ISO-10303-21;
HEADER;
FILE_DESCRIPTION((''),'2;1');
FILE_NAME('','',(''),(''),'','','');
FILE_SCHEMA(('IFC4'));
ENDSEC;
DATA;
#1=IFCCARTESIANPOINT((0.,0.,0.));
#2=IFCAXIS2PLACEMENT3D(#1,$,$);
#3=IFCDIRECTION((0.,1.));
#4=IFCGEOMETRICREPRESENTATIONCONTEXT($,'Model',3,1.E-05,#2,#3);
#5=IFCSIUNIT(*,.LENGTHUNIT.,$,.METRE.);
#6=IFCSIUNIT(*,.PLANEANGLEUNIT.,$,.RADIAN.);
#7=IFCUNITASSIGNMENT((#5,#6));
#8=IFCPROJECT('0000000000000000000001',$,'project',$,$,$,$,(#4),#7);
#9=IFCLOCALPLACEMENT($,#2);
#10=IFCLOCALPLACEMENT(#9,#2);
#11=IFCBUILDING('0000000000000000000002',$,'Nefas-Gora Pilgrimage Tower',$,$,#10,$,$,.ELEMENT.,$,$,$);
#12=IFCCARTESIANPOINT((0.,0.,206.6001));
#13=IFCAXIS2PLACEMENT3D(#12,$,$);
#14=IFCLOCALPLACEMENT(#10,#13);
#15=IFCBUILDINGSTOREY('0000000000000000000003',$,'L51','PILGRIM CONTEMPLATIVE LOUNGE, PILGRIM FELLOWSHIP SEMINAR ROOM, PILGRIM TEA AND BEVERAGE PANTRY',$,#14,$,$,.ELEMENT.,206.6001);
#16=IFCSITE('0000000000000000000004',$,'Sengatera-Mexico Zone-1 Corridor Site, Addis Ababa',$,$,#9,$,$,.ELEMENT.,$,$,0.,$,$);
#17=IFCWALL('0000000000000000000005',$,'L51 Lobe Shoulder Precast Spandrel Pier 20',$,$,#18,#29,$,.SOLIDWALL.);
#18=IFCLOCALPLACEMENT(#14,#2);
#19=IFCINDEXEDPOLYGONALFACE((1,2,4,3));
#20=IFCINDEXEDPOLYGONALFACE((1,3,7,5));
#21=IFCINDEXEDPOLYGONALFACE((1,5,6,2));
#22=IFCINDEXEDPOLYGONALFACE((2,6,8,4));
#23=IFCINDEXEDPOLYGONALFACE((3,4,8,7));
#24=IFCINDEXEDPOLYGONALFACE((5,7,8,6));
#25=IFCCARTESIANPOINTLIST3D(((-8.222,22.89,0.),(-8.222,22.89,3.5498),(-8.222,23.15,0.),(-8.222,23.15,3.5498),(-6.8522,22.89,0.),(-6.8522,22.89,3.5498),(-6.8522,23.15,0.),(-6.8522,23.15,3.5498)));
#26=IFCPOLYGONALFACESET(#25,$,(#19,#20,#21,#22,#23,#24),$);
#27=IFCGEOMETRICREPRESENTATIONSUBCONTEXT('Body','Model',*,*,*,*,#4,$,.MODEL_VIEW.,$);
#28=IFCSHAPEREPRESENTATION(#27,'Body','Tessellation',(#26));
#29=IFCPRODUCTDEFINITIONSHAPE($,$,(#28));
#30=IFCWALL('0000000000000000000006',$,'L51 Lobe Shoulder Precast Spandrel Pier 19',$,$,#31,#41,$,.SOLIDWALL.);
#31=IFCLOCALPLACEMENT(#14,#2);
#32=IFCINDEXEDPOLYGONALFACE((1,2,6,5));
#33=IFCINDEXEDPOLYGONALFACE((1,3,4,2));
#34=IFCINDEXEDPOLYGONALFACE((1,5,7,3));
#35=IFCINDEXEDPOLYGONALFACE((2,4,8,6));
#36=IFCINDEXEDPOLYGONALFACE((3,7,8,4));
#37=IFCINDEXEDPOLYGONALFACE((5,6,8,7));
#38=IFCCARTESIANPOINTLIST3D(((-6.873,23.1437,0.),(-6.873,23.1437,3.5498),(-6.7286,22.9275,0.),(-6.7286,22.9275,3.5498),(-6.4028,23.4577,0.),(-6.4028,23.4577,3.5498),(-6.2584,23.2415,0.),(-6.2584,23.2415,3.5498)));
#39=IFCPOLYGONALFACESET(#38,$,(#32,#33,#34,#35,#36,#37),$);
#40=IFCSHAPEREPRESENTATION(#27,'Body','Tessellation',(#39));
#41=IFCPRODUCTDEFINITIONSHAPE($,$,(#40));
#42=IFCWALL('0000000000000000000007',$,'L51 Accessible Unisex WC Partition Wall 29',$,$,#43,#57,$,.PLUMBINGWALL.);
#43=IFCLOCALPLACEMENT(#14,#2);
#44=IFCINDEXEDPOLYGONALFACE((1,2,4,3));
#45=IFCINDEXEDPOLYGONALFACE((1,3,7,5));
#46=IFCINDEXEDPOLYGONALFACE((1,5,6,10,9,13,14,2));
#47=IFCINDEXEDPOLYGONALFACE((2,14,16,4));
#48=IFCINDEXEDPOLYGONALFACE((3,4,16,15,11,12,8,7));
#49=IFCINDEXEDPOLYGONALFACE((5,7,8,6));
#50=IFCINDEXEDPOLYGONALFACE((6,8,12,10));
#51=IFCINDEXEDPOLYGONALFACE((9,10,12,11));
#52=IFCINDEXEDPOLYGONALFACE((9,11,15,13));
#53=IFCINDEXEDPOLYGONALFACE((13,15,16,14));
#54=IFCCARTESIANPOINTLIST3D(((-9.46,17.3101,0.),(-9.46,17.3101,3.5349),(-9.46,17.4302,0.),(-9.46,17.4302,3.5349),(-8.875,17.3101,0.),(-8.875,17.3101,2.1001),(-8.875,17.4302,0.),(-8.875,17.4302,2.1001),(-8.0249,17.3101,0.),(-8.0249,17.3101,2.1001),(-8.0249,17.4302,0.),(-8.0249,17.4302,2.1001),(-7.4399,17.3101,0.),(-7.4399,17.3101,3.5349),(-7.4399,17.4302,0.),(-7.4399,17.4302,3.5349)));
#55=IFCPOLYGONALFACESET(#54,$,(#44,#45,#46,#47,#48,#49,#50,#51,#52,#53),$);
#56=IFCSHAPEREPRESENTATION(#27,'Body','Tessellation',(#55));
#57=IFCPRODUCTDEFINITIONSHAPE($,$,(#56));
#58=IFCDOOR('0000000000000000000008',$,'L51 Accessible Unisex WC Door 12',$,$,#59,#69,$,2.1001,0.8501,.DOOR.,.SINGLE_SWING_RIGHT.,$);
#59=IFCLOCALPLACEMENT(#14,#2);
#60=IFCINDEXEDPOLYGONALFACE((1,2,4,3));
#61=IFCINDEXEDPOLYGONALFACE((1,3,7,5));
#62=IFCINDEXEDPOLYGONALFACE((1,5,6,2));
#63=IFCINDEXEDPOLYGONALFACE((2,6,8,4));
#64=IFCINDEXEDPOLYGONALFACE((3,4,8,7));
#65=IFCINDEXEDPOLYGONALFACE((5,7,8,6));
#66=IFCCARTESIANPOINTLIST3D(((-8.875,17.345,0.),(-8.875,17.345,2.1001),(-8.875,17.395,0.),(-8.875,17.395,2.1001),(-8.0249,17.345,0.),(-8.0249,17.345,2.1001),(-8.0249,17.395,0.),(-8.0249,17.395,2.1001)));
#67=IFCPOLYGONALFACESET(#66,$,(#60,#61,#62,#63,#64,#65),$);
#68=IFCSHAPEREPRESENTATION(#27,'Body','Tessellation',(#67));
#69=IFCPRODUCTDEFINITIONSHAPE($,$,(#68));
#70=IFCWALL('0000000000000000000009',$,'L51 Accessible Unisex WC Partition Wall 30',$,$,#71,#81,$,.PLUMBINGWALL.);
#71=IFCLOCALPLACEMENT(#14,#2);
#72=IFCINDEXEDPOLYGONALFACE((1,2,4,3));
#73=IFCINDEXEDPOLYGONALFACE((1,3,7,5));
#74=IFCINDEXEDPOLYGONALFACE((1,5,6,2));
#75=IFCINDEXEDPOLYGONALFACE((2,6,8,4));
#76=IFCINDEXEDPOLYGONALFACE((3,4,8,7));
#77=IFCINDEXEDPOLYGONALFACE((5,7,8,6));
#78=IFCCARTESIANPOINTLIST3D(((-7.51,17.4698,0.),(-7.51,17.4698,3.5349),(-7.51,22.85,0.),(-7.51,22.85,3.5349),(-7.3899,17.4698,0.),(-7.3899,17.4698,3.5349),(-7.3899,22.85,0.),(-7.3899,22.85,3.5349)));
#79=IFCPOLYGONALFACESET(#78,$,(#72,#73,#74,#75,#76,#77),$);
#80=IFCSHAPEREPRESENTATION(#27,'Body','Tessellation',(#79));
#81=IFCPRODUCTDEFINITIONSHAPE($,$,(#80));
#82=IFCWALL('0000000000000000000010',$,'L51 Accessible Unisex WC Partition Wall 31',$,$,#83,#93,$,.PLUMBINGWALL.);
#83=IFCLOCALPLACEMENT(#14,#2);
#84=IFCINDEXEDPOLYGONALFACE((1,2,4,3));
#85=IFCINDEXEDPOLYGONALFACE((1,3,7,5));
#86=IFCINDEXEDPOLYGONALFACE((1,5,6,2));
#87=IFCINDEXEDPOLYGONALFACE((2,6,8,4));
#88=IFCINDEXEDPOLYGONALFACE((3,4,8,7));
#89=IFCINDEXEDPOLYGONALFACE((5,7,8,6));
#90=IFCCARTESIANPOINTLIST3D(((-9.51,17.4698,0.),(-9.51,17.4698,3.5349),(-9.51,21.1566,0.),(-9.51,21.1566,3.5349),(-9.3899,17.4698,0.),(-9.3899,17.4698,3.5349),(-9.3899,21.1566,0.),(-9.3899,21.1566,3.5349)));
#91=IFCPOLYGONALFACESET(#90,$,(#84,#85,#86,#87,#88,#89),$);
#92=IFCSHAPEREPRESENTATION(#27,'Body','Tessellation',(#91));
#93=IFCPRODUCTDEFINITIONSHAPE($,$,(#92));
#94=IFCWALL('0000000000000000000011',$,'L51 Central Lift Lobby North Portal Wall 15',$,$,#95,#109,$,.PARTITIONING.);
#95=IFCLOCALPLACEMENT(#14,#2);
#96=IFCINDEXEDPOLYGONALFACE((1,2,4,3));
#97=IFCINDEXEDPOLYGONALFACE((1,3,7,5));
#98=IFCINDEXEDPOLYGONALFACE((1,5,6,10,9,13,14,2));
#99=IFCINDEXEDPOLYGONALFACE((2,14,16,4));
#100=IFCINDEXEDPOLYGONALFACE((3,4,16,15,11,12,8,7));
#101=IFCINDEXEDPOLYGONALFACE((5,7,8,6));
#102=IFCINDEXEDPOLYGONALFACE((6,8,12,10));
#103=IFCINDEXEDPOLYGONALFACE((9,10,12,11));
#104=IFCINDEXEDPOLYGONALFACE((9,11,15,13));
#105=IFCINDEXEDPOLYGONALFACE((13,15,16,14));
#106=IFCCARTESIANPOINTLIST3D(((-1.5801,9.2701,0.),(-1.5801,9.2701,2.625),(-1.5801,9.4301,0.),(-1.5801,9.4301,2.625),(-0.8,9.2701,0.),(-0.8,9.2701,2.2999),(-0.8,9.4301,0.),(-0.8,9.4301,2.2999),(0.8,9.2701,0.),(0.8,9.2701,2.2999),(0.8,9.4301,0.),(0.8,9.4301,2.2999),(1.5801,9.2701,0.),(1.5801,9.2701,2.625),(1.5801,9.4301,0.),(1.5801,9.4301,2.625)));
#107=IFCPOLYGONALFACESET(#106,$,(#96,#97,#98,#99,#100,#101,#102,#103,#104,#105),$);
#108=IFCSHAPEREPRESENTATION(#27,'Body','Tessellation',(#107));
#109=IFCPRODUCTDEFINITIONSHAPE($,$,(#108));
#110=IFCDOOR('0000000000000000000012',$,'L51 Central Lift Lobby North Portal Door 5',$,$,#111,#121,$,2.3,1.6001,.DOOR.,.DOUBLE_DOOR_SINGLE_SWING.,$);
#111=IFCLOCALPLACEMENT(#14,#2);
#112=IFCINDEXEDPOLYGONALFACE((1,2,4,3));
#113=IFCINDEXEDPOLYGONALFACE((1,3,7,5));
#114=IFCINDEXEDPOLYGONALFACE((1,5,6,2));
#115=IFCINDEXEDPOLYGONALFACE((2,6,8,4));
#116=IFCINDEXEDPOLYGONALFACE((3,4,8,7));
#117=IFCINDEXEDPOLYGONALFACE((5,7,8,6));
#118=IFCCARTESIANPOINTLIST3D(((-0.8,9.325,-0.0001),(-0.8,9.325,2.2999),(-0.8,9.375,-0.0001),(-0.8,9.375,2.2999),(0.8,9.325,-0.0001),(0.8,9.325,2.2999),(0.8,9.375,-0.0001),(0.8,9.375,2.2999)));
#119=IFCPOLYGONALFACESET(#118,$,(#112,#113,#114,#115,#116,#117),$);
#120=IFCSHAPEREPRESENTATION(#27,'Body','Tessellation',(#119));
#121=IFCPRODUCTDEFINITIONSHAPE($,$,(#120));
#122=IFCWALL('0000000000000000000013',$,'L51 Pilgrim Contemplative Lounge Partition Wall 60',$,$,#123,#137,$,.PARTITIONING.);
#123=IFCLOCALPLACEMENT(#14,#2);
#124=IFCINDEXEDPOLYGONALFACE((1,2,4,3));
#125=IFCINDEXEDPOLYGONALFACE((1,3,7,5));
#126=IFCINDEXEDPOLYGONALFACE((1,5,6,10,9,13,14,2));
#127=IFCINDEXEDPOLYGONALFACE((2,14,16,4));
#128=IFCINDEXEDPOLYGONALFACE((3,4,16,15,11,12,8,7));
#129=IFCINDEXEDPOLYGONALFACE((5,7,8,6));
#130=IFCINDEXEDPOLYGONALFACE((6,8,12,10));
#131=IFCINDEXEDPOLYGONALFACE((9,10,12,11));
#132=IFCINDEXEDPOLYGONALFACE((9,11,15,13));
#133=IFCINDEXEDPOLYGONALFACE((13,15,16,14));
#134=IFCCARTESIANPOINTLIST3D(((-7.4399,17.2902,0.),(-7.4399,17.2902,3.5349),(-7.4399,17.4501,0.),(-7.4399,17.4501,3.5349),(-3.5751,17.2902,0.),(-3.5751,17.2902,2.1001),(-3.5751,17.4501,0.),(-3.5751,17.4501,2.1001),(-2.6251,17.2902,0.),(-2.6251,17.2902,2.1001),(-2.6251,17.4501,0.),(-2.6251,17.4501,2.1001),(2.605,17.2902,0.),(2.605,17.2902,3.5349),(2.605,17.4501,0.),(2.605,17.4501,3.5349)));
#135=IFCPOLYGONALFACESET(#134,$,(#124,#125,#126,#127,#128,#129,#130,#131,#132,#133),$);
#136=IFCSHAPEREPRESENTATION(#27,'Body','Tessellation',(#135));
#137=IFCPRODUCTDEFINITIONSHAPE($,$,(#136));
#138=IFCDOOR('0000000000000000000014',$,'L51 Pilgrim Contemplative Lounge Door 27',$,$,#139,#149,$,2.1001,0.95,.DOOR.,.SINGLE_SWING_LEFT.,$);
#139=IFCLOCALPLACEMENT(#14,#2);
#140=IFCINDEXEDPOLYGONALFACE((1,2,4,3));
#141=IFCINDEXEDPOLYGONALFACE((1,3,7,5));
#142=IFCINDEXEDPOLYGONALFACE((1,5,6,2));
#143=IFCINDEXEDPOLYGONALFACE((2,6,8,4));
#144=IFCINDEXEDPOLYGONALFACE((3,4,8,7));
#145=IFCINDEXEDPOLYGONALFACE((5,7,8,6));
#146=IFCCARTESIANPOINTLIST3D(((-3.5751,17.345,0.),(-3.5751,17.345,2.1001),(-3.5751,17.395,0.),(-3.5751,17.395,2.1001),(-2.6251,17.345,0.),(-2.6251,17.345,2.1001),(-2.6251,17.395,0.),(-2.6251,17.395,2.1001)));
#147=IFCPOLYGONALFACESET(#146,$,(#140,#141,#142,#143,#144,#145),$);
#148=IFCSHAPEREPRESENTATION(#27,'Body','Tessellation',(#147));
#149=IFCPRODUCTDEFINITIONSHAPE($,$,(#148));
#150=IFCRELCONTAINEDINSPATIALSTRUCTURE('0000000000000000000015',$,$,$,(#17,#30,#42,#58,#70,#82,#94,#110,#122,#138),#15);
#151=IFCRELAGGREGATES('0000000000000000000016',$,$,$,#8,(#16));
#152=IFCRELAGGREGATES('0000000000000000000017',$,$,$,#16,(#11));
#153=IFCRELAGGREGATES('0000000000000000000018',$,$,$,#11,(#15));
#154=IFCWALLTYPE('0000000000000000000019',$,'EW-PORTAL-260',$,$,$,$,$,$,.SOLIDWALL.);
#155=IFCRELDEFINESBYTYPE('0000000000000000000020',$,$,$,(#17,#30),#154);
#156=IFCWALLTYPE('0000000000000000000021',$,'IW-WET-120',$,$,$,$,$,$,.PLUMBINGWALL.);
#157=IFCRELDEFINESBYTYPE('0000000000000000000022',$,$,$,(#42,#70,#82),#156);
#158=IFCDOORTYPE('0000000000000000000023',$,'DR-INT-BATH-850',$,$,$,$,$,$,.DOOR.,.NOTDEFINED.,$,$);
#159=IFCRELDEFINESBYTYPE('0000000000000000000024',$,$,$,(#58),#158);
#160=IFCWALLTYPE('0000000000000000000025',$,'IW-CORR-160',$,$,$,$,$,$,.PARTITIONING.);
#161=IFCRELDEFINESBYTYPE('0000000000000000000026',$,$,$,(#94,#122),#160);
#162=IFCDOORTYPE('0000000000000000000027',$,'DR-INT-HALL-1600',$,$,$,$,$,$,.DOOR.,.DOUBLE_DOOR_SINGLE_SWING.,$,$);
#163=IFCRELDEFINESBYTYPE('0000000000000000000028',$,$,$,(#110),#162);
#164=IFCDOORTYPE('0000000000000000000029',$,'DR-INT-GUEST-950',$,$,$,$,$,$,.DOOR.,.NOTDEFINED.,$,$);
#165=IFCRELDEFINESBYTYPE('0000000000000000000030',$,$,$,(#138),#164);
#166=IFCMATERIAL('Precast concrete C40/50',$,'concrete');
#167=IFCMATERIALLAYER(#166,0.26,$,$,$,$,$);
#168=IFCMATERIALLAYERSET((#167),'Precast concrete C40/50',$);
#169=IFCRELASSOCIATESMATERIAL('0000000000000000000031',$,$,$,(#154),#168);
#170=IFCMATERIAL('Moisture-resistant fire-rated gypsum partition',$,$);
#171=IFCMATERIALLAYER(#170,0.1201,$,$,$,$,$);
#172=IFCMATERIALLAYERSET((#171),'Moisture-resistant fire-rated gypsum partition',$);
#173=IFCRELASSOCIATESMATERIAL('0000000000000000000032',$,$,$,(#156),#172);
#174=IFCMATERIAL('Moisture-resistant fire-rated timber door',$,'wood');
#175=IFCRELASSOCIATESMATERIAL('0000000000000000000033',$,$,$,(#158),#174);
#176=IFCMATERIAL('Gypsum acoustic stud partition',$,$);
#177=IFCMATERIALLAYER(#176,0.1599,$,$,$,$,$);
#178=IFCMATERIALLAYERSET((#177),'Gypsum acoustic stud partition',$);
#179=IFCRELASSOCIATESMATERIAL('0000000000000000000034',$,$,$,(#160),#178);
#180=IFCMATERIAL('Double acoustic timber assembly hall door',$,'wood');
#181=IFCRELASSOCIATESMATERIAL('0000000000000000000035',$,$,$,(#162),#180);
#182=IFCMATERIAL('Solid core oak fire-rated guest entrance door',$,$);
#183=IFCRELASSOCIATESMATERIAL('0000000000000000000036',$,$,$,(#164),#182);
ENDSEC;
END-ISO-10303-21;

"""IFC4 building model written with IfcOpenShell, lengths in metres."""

from ifc_helpers import new_model, si_unit, direction, frame, frame_2d, origin, place, context, subcontext, project, spatial, rectangle, extrude, source, transform, mapped, material, layer, layer_set, type_object, element, fill, save


model = new_model("IFC4")

# Units and contexts
model_context = context("Model", 3, precision=1e-05, world=origin(), true_north=direction((0.0, 1.0)))
body_context = subcontext(model_context, "Body", "Model", "MODEL_VIEW")
ifc_project = project(units=[si_unit("LENGTHUNIT", "METRE"), si_unit("PLANEANGLEUNIT", "RADIAN")], contexts=[model_context])

# Site, building, storey
site_placement = place(None, origin())
site = spatial("IfcSite", under=ifc_project, at=site_placement, Name="Sengatera-Mexico Zone-1 Corridor Site, Addis Ababa", CompositionType="ELEMENT", RefElevation=0.0)
building_placement = place(site_placement, origin())
building = spatial("IfcBuilding", under=site, at=building_placement, Name="Nefas-Gora Pilgrimage Tower", CompositionType="ELEMENT")
storey_placement = place(building_placement, frame((0.0, 0.0, 206.6001)))
storey = spatial("IfcBuildingStorey", under=building, at=storey_placement, Name="L51", Description="PILGRIM CONTEMPLATIVE LOUNGE, PILGRIM FELLOWSHIP SEMINAR ROOM, PILGRIM TEA AND BEVERAGE PANTRY", CompositionType="ELEMENT", Elevation=206.6001)

# Walls
ifc_material_1 = material(Name="Precast concrete C40/50", Category="concrete")
ifc_layer_1 = layer(ifc_material_1, 0.26)
ifc_layer_set_1 = layer_set([ifc_layer_1], Name="Precast concrete C40/50")
wall_type_1 = type_object("IfcWallType", Name="EW-PORTAL-260", PredefinedType="SOLIDWALL", material=ifc_layer_set_1)
shared_shape_1 = source(origin(), body_context, "Body", "SweptSolid", [
    extrude(rectangle(XDim=1.3699, YDim=0.26, at=frame_2d((0.6851, 0.0))), origin(), (0.0, 0.0, 1.0), 3.5498),
])
wall_1_placement = place(storey_placement, frame((-6.8521, 23.02, 0.0), z_axis=(0.0, 0.0, 1.0), x_axis=(-1.0, 0.0, 0.0)))
element("IfcWall", 1, at=wall_1_placement, inside=storey, type_object=wall_type_1, Name="L51 Lobe Shoulder Precast Spandrel Pier 20", PredefinedType="SOLIDWALL", context=body_context, shape_type="MappedRepresentation", body=[
    mapped(shared_shape_1, transform((0.0, 0.0, 0.0), x_axis=(1.0, 0.0, 0.0), y_axis=(0.0, 1.0, 0.0), z_axis=(0.0, 0.0, 1.0), scale=1.0)),
])
shared_shape_2 = source(origin(), body_context, "Body", "SweptSolid", [
    extrude(rectangle(XDim=0.5654, YDim=0.26, at=frame_2d((0.2827, 0.0))), origin(), (0.0, 0.0, 1.0), 3.5498),
])
wall_2_placement = place(storey_placement, frame((-6.3306, 23.3496, 0.0), z_axis=(0.0, 0.0, 1.0), x_axis=(-0.831651, -0.555298, 0.0)))
element("IfcWall", 2, at=wall_2_placement, inside=storey, type_object=wall_type_1, Name="L51 Lobe Shoulder Precast Spandrel Pier 19", PredefinedType="SOLIDWALL", context=body_context, shape_type="MappedRepresentation", body=[
    mapped(shared_shape_2, transform((0.0, 0.0, 0.0), x_axis=(1.0, 0.0, 0.0), y_axis=(0.0, 1.0, 0.0), z_axis=(0.0, 0.0, 1.0), scale=1.0)),
])

# Wall, opening, door
ifc_material_2 = material(Name="Moisture-resistant fire-rated gypsum partition")
ifc_layer_2 = layer(ifc_material_2, 0.1201)
ifc_layer_set_2 = layer_set([ifc_layer_2], Name="Moisture-resistant fire-rated gypsum partition")
wall_type_2 = type_object("IfcWallType", Name="IW-WET-120", PredefinedType="PLUMBINGWALL", material=ifc_layer_set_2)
shared_shape_3 = source(origin(), body_context, "Body", "SweptSolid", [
    extrude(rectangle(XDim=2.02, YDim=0.1201, at=frame_2d((1.01, 0.0))), origin(), (0.0, 0.0, 1.0), 3.5349),
])
wall_3_placement = place(storey_placement, frame((-9.46, 17.3701, 0.0), z_axis=(0.0, 0.0, 1.0), x_axis=(1.0, 0.0, 0.0)))
wall_3 = element("IfcWall", 3, at=wall_3_placement, inside=storey, type_object=wall_type_2, Name="L51 Accessible Unisex WC Partition Wall 29", PredefinedType="PLUMBINGWALL", context=body_context, shape_type="MappedRepresentation", body=[
    mapped(shared_shape_3, transform((0.0, 0.0, 0.0), x_axis=(1.0, 0.0, 0.0), y_axis=(0.0, 1.0, 0.0), z_axis=(0.0, 0.0, 1.0), scale=1.0)),
])
opening_1_placement = place(wall_3_placement, frame((0.585, 0.0, 0.0)))
opening_1 = element("IfcOpeningElement", 4, at=opening_1_placement, cuts=wall_3, PredefinedType="OPENING", context=body_context, shape_type="SweptSolid", body=[
    extrude(rectangle(XDim=0.8501, YDim=2.1001, at=frame_2d((0.425, 1.05))), frame((0.0, 0.0701, 0.0), z_axis=(0.0, -1.0, 0.0), x_axis=(1.0, 0.0, 0.0)), (0.0, 0.0, 1.0), 0.1401),
])
ifc_material_3 = material(Name="Moisture-resistant fire-rated timber door", Category="wood")
door_type_1 = type_object("IfcDoorType", Name="DR-INT-BATH-850", OperationType="NOTDEFINED", PredefinedType="DOOR", material=ifc_material_3)
shared_shape_4 = source(origin(), body_context, "Body", "SweptSolid", [
    extrude(rectangle(XDim=0.8501, YDim=2.1001, at=frame_2d((0.425, 1.05))), frame((0.0, 0.0249, 0.0), z_axis=(0.0, -1.0, 0.0), x_axis=(1.0, 0.0, 0.0)), (0.0, 0.0, 1.0), 0.05),
])
door_1_placement = place(opening_1_placement, origin())
door_1 = element("IfcDoor", 5, at=door_1_placement, inside=storey, type_object=door_type_1, Name="L51 Accessible Unisex WC Door 12", OperationType="SINGLE_SWING_RIGHT", OverallHeight=2.1001, OverallWidth=0.8501, PredefinedType="DOOR", context=body_context, shape_type="MappedRepresentation", body=[
    mapped(shared_shape_4, transform((0.0, 0.0, 0.0), x_axis=(1.0, 0.0, 0.0), y_axis=(0.0, 1.0, 0.0), z_axis=(0.0, 0.0, 1.0), scale=1.0)),
])
fill(opening_1, door_1)

# Walls
shared_shape_5 = source(origin(), body_context, "Body", "SweptSolid", [
    extrude(rectangle(XDim=5.3801, YDim=0.1201, at=frame_2d((2.6899, 0.0))), origin(), (0.0, 0.0, 1.0), 3.5349),
])
wall_4_placement = place(storey_placement, frame((-7.45, 17.47, 0.0), z_axis=(0.0, 0.0, 1.0), x_axis=(0.0, 1.0, 0.0)))
element("IfcWall", 6, at=wall_4_placement, inside=storey, type_object=wall_type_2, Name="L51 Accessible Unisex WC Partition Wall 30", PredefinedType="PLUMBINGWALL", context=body_context, shape_type="MappedRepresentation", body=[
    mapped(shared_shape_5, transform((0.0, 0.0, 0.0), x_axis=(1.0, 0.0, 0.0), y_axis=(0.0, 1.0, 0.0), z_axis=(0.0, 0.0, 1.0), scale=1.0)),
])
shared_shape_6 = source(origin(), body_context, "Body", "SweptSolid", [
    extrude(rectangle(XDim=3.6868, YDim=0.1201, at=frame_2d((1.8433, 0.0))), origin(), (0.0, 0.0, 1.0), 3.5349),
])
wall_5_placement = place(storey_placement, frame((-9.45, 17.47, 0.0), z_axis=(0.0, 0.0, 1.0), x_axis=(0.0, 1.0, 0.0)))
element("IfcWall", 7, at=wall_5_placement, inside=storey, type_object=wall_type_2, Name="L51 Accessible Unisex WC Partition Wall 31", PredefinedType="PLUMBINGWALL", context=body_context, shape_type="MappedRepresentation", body=[
    mapped(shared_shape_6, transform((0.0, 0.0, 0.0), x_axis=(1.0, 0.0, 0.0), y_axis=(0.0, 1.0, 0.0), z_axis=(0.0, 0.0, 1.0), scale=1.0)),
])

# Walls, openings, doors
ifc_material_4 = material(Name="Gypsum acoustic stud partition")
ifc_layer_3 = layer(ifc_material_4, 0.1599)
ifc_layer_set_3 = layer_set([ifc_layer_3], Name="Gypsum acoustic stud partition")
wall_type_3 = type_object("IfcWallType", Name="IW-CORR-160", PredefinedType="PARTITIONING", material=ifc_layer_set_3)
shared_shape_7 = source(origin(), body_context, "Body", "SweptSolid", [
    extrude(rectangle(XDim=3.1602, YDim=0.1599, at=frame_2d((1.5801, 0.0))), origin(), (0.0, 0.0, 1.0), 2.625),
])
wall_6_placement = place(storey_placement, frame((-1.5801, 9.3501, 0.0), z_axis=(0.0, 0.0, 1.0), x_axis=(1.0, 0.0, 0.0)))
wall_6 = element("IfcWall", 8, at=wall_6_placement, inside=storey, type_object=wall_type_3, Name="L51 Central Lift Lobby North Portal Wall 15", PredefinedType="PARTITIONING", context=body_context, shape_type="MappedRepresentation", body=[
    mapped(shared_shape_7, transform((0.0, 0.0, 0.0), x_axis=(1.0, 0.0, 0.0), y_axis=(0.0, 1.0, 0.0), z_axis=(0.0, 0.0, 1.0), scale=1.0)),
])
opening_2_placement = place(wall_6_placement, frame((0.78, 0.0, 0.0)))
opening_2 = element("IfcOpeningElement", 9, at=opening_2_placement, cuts=wall_6, PredefinedType="OPENING", context=body_context, shape_type="SweptSolid", body=[
    extrude(rectangle(XDim=1.6001, YDim=2.3, at=frame_2d((0.8, 1.1499))), frame((0.0, 0.0898, 0.0), z_axis=(0.0, -1.0, 0.0), x_axis=(1.0, 0.0, 0.0)), (0.0, 0.0, 1.0), 0.1799),
])
ifc_material_5 = material(Name="Double acoustic timber assembly hall door", Category="wood")
door_type_2 = type_object("IfcDoorType", Name="DR-INT-HALL-1600", OperationType="DOUBLE_DOOR_SINGLE_SWING", PredefinedType="DOOR", material=ifc_material_5)
shared_shape_8 = source(origin(), body_context, "Body", "SweptSolid", [
    extrude(rectangle(XDim=1.6001, YDim=2.3, at=frame_2d((0.8, 1.1499))), frame((0.0, 0.0249, 0.0), z_axis=(0.0, -1.0, 0.0), x_axis=(1.0, 0.0, 0.0)), (0.0, 0.0, 1.0), 0.05),
])
door_2_placement = place(opening_2_placement, origin())
door_2 = element("IfcDoor", 10, at=door_2_placement, inside=storey, type_object=door_type_2, Name="L51 Central Lift Lobby North Portal Door 5", OperationType="DOUBLE_DOOR_SINGLE_SWING", OverallHeight=2.3, OverallWidth=1.6001, PredefinedType="DOOR", context=body_context, shape_type="MappedRepresentation", body=[
    mapped(shared_shape_8, transform((0.0, 0.0, 0.0), x_axis=(1.0, 0.0, 0.0), y_axis=(0.0, 1.0, 0.0), z_axis=(0.0, 0.0, 1.0), scale=1.0)),
])
fill(opening_2, door_2)
shared_shape_9 = source(origin(), body_context, "Body", "SweptSolid", [
    extrude(rectangle(XDim=10.0449, YDim=0.1599, at=frame_2d((5.0225, 0.0))), origin(), (0.0, 0.0, 1.0), 3.5349),
])
wall_7_placement = place(storey_placement, frame((-7.4399, 17.3701, 0.0), z_axis=(0.0, 0.0, 1.0), x_axis=(1.0, 0.0, 0.0)))
wall_7 = element("IfcWall", 11, at=wall_7_placement, inside=storey, type_object=wall_type_3, Name="L51 Pilgrim Contemplative Lounge Partition Wall 60", PredefinedType="PARTITIONING", context=body_context, shape_type="MappedRepresentation", body=[
    mapped(shared_shape_9, transform((0.0, 0.0, 0.0), x_axis=(1.0, 0.0, 0.0), y_axis=(0.0, 1.0, 0.0), z_axis=(0.0, 0.0, 1.0), scale=1.0)),
])
opening_3_placement = place(wall_7_placement, frame((3.8647, 0.0, 0.0)))
opening_3 = element("IfcOpeningElement", 12, at=opening_3_placement, cuts=wall_7, PredefinedType="OPENING", context=body_context, shape_type="SweptSolid", body=[
    extrude(rectangle(XDim=0.95, YDim=2.1001, at=frame_2d((0.4751, 1.05))), frame((0.0, 0.0898, 0.0), z_axis=(0.0, -1.0, 0.0), x_axis=(1.0, 0.0, 0.0)), (0.0, 0.0, 1.0), 0.1799),
])
ifc_material_6 = material(Name="Solid core oak fire-rated guest entrance door")
door_type_3 = type_object("IfcDoorType", Name="DR-INT-GUEST-950", OperationType="NOTDEFINED", PredefinedType="DOOR", material=ifc_material_6)
shared_shape_10 = source(origin(), body_context, "Body", "SweptSolid", [
    extrude(rectangle(XDim=0.95, YDim=2.1001, at=frame_2d((0.4751, 1.05))), frame((0.0, 0.0249, 0.0), z_axis=(0.0, -1.0, 0.0), x_axis=(1.0, 0.0, 0.0)), (0.0, 0.0, 1.0), 0.05),
])
door_3_placement = place(opening_3_placement, origin())
door_3 = element("IfcDoor", 13, at=door_3_placement, inside=storey, type_object=door_type_3, Name="L51 Pilgrim Contemplative Lounge Door 27", OperationType="SINGLE_SWING_LEFT", OverallHeight=2.1001, OverallWidth=0.95, PredefinedType="DOOR", context=body_context, shape_type="MappedRepresentation", body=[
    mapped(shared_shape_10, transform((0.0, 0.0, 0.0), x_axis=(1.0, 0.0, 0.0), y_axis=(0.0, 1.0, 0.0), z_axis=(0.0, 0.0, 1.0), scale=1.0)),
])
fill(opening_3, door_3)

save(model, "model.ifc")
